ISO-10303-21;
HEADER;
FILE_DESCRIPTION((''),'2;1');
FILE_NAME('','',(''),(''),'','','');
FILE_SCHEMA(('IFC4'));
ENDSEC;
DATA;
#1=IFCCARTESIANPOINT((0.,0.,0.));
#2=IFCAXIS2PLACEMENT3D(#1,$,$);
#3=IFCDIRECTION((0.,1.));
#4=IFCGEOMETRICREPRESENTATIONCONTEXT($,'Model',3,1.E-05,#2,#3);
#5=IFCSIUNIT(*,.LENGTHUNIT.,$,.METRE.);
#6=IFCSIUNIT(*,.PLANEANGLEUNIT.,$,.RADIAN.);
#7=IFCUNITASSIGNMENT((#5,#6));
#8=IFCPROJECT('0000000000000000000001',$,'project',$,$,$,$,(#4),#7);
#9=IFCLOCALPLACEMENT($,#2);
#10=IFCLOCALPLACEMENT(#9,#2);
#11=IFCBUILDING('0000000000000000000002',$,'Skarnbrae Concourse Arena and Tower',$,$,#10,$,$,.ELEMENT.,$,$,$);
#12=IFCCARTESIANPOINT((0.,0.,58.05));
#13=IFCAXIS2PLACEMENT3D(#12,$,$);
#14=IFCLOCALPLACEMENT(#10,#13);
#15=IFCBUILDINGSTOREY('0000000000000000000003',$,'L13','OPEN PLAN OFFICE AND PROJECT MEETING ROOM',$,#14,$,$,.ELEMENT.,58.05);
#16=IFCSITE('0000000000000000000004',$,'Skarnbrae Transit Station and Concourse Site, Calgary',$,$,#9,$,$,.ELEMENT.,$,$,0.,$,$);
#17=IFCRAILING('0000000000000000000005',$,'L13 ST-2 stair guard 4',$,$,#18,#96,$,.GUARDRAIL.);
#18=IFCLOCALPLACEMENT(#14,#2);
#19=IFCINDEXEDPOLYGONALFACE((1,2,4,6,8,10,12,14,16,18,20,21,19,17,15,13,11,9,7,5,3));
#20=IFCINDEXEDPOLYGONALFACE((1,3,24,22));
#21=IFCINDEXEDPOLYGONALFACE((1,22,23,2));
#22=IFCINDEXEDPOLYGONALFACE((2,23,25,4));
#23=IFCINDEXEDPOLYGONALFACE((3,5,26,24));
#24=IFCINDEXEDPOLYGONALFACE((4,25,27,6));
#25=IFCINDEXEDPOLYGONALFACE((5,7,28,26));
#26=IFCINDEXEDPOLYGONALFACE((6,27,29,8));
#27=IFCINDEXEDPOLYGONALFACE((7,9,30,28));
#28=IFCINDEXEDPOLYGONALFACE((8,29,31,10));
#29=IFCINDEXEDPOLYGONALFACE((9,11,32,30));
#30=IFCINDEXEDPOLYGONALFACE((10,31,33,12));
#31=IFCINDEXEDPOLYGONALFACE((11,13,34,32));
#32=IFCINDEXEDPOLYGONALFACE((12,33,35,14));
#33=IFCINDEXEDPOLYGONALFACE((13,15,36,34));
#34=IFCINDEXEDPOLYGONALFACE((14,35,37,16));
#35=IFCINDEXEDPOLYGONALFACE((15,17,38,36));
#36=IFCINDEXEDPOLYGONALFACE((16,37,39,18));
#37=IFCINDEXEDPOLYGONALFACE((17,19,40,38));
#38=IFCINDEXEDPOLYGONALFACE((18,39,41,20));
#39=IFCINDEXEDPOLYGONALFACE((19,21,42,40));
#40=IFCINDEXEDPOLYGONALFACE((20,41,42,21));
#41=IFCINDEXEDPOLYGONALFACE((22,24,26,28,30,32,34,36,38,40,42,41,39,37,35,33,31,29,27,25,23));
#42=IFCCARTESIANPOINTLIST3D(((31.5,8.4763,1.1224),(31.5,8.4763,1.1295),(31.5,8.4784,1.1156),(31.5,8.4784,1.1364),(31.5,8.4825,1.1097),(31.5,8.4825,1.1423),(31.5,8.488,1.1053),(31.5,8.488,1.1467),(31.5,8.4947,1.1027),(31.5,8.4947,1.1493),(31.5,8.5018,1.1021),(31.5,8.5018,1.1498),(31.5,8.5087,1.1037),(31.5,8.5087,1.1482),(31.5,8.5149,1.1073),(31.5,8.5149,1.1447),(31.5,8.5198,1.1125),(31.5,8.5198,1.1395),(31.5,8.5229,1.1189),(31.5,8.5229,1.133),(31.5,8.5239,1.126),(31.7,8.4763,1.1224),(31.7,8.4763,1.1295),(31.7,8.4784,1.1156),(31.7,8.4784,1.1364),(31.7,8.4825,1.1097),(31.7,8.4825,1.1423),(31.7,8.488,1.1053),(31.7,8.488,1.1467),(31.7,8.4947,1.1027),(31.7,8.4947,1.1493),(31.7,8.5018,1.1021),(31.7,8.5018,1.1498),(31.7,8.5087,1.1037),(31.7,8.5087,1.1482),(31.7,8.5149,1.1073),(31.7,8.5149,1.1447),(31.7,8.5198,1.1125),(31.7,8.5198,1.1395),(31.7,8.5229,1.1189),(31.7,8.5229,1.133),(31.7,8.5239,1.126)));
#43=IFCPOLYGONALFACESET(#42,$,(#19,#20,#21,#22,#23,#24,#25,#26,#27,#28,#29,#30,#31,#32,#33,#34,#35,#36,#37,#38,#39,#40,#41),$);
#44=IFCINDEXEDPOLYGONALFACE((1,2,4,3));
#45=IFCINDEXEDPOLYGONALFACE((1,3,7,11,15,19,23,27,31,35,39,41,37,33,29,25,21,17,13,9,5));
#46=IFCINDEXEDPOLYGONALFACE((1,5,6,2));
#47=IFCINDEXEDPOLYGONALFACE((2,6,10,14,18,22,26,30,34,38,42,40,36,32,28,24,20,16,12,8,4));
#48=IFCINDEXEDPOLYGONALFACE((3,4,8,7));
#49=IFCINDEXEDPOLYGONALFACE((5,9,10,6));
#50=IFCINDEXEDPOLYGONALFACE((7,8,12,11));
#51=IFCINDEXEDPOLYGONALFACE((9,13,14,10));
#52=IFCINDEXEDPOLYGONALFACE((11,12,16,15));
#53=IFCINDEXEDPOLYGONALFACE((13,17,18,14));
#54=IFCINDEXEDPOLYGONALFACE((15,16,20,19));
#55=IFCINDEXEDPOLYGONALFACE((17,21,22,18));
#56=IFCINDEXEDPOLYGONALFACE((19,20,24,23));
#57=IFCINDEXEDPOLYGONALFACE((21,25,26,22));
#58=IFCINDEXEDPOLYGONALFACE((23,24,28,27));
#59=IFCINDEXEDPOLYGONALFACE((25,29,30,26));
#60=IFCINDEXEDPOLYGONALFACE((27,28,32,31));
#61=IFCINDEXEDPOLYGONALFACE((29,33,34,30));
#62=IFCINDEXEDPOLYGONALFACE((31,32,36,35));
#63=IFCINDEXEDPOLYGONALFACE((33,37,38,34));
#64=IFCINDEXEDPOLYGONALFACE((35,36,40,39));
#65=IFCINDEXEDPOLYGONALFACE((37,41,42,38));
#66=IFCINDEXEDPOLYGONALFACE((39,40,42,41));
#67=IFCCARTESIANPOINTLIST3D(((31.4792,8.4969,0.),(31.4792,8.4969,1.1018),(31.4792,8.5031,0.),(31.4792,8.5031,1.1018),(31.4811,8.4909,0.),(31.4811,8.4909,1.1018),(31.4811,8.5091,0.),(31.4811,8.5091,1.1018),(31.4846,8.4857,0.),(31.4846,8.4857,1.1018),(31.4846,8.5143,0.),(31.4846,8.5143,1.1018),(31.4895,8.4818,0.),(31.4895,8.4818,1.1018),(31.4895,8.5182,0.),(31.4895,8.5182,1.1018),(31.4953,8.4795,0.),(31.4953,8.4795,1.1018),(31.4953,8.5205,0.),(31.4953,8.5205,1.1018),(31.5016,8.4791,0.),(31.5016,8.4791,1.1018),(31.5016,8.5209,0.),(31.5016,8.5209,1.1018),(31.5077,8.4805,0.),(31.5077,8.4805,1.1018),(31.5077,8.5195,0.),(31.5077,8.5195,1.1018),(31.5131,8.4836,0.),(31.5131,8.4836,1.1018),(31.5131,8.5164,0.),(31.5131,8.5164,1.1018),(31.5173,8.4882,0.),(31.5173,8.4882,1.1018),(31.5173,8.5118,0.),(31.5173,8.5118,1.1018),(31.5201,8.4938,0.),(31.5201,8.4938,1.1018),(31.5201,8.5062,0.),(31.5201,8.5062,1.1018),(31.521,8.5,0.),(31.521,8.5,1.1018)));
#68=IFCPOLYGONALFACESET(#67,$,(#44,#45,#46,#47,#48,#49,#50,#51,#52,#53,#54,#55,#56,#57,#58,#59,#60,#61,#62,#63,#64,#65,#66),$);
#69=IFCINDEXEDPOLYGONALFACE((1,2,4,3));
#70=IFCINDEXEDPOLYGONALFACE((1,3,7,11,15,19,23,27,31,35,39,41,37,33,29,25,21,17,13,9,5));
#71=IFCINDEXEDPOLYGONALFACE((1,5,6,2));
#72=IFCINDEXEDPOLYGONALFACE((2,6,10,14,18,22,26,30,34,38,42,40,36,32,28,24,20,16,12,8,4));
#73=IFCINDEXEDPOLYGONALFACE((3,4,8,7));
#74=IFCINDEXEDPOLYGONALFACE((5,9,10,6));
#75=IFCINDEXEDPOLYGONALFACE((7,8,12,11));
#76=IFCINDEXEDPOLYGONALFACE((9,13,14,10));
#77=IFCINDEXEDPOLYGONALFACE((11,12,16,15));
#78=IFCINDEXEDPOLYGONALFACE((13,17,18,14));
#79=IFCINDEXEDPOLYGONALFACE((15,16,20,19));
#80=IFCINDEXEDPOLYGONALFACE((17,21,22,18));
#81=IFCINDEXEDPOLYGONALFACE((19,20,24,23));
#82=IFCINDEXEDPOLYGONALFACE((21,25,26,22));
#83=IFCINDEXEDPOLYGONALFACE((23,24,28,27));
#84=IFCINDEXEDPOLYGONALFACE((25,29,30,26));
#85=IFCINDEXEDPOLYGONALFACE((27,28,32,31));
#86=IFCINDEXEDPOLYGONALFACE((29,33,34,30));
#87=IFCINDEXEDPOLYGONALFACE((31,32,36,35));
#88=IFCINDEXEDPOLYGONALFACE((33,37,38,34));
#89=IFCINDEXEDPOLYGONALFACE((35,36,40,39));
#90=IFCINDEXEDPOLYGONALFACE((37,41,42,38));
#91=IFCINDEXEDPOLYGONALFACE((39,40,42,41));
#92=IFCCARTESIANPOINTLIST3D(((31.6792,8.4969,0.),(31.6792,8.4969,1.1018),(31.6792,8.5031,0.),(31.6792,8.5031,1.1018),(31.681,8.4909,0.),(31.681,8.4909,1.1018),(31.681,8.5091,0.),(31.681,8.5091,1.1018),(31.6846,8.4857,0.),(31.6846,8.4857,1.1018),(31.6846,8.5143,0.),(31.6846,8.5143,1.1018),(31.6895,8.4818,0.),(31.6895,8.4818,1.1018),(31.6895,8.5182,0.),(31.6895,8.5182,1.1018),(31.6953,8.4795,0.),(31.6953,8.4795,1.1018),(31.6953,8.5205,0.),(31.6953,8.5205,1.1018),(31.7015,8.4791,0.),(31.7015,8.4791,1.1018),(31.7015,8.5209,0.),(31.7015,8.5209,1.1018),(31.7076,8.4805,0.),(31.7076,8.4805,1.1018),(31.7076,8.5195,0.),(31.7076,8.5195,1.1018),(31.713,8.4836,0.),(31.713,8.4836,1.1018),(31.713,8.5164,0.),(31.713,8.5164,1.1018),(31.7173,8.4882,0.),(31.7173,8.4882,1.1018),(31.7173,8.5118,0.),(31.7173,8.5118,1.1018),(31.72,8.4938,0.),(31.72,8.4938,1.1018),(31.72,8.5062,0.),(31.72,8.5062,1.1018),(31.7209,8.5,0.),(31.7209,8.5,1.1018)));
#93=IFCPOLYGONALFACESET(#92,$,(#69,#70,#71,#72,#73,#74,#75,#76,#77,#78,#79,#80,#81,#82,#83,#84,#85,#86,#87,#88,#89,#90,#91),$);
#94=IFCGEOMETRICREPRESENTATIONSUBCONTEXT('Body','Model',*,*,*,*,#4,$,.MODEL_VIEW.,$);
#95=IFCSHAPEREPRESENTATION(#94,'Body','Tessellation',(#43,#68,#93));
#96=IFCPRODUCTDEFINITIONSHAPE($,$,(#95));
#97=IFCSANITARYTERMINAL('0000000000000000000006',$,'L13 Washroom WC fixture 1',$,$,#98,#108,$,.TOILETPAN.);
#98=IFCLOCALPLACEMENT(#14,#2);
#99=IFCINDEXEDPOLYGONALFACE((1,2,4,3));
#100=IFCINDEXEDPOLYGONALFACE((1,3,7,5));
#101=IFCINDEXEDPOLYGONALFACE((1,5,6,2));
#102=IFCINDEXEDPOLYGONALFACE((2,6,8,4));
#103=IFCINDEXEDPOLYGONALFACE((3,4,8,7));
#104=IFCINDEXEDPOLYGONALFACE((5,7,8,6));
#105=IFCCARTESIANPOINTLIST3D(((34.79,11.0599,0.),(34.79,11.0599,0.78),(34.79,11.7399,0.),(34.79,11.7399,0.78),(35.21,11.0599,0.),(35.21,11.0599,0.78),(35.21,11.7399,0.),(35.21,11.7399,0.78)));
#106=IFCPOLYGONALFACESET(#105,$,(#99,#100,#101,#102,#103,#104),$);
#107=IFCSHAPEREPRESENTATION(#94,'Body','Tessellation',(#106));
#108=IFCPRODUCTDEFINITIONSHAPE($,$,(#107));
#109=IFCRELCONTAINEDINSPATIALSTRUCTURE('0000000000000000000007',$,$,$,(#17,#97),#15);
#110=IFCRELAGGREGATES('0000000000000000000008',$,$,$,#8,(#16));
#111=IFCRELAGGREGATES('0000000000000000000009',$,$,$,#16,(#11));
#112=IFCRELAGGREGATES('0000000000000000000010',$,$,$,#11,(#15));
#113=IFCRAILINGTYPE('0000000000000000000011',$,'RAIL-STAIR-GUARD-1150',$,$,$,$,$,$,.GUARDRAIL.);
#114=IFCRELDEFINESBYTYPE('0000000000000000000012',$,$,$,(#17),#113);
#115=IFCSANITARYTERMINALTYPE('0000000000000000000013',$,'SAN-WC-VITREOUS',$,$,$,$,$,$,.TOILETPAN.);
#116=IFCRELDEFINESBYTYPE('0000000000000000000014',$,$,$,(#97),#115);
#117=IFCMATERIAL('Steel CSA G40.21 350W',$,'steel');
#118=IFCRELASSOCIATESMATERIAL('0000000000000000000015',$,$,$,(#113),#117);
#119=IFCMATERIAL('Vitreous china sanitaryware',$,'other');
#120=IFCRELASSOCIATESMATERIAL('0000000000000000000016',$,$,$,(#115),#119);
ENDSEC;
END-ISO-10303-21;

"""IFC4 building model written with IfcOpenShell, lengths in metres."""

from ifc_helpers import new_model, si_unit, direction, frame, origin, origin_2d, place, context, subcontext, project, spatial, rectangle, circle, extrude, source, transform, mapped, material, type_object, element, save


model = new_model("IFC4")

# Units and contexts
model_context = context("Model", 3, precision=1e-05, world=origin(), true_north=direction((0.0, 1.0)))
body_context = subcontext(model_context, "Body", "Model", "MODEL_VIEW")
ifc_project = project(units=[si_unit("LENGTHUNIT", "METRE"), si_unit("PLANEANGLEUNIT", "RADIAN")], contexts=[model_context])

# Site, building, storey
site_placement = place(None, origin())
site = spatial("IfcSite", under=ifc_project, at=site_placement, Name="Skarnbrae Transit Station and Concourse Site, Calgary", CompositionType="ELEMENT", RefElevation=0.0)
building_placement = place(site_placement, origin())
building = spatial("IfcBuilding", under=site, at=building_placement, Name="Skarnbrae Concourse Arena and Tower", CompositionType="ELEMENT")
storey_placement = place(building_placement, frame((0.0, 0.0, 58.05)))
storey = spatial("IfcBuildingStorey", under=building, at=storey_placement, Name="L13", Description="OPEN PLAN OFFICE AND PROJECT MEETING ROOM", CompositionType="ELEMENT", Elevation=58.05)

# Shared definitions
ifc_material_1 = material(Name="Steel CSA G40.21 350W", Category="steel")

# Railing
railing_type_1 = type_object("IfcRailingType", Name="RAIL-STAIR-GUARD-1150", PredefinedType="GUARDRAIL", material=ifc_material_1)
railing_1_placement = place(storey_placement, frame((31.5, 8.5, 0.0)))
element("IfcRailing", 1, at=railing_1_placement, inside=storey, type_object=railing_type_1, Name="L13 ST-2 stair guard 4", PredefinedType="GUARDRAIL", context=body_context, shape_type="SweptSolid", body=[
    extrude(circle(Radius=0.0239, at=origin_2d()), frame((0.0, 0.0, 1.126), z_axis=(1.0, 0.0, 0.0), x_axis=(0.0, 1.0, 0.0)), (0.0, 0.0, 1.0), 0.2),
    extrude(circle(Radius=0.021, at=origin_2d()), origin(), (0.0, 0.0, 1.0), 1.1018),
    extrude(circle(Radius=0.021, at=origin_2d()), frame((0.2, 0.0, 0.0)), (0.0, 0.0, 1.0), 1.1018),
])

# Sanitary terminal
ifc_material_2 = material(Name="Vitreous china sanitaryware", Category="other")
sanitary_terminal_type = type_object("IfcSanitaryTerminalType", Name="SAN-WC-VITREOUS", PredefinedType="TOILETPAN", material=ifc_material_2)
shared_shape_1 = source(origin(), body_context, "Body", "SweptSolid", [
    extrude(rectangle(XDim=0.4199, YDim=0.6799, at=origin_2d()), origin(), (0.0, 0.0, 1.0), 0.78),
])
sanitary_terminal_placement = place(storey_placement, frame((35.0, 11.3999, 0.0), z_axis=(0.0, 0.0, 1.0), x_axis=(1.0, 0.0, 0.0)))
element("IfcSanitaryTerminal", 2, at=sanitary_terminal_placement, inside=storey, type_object=sanitary_terminal_type, Name="L13 Washroom WC fixture 1", PredefinedType="TOILETPAN", context=body_context, shape_type="MappedRepresentation", body=[
    mapped(shared_shape_1, transform((0.0, 0.0, 0.0))),
])

save(model, "model.ifc")
